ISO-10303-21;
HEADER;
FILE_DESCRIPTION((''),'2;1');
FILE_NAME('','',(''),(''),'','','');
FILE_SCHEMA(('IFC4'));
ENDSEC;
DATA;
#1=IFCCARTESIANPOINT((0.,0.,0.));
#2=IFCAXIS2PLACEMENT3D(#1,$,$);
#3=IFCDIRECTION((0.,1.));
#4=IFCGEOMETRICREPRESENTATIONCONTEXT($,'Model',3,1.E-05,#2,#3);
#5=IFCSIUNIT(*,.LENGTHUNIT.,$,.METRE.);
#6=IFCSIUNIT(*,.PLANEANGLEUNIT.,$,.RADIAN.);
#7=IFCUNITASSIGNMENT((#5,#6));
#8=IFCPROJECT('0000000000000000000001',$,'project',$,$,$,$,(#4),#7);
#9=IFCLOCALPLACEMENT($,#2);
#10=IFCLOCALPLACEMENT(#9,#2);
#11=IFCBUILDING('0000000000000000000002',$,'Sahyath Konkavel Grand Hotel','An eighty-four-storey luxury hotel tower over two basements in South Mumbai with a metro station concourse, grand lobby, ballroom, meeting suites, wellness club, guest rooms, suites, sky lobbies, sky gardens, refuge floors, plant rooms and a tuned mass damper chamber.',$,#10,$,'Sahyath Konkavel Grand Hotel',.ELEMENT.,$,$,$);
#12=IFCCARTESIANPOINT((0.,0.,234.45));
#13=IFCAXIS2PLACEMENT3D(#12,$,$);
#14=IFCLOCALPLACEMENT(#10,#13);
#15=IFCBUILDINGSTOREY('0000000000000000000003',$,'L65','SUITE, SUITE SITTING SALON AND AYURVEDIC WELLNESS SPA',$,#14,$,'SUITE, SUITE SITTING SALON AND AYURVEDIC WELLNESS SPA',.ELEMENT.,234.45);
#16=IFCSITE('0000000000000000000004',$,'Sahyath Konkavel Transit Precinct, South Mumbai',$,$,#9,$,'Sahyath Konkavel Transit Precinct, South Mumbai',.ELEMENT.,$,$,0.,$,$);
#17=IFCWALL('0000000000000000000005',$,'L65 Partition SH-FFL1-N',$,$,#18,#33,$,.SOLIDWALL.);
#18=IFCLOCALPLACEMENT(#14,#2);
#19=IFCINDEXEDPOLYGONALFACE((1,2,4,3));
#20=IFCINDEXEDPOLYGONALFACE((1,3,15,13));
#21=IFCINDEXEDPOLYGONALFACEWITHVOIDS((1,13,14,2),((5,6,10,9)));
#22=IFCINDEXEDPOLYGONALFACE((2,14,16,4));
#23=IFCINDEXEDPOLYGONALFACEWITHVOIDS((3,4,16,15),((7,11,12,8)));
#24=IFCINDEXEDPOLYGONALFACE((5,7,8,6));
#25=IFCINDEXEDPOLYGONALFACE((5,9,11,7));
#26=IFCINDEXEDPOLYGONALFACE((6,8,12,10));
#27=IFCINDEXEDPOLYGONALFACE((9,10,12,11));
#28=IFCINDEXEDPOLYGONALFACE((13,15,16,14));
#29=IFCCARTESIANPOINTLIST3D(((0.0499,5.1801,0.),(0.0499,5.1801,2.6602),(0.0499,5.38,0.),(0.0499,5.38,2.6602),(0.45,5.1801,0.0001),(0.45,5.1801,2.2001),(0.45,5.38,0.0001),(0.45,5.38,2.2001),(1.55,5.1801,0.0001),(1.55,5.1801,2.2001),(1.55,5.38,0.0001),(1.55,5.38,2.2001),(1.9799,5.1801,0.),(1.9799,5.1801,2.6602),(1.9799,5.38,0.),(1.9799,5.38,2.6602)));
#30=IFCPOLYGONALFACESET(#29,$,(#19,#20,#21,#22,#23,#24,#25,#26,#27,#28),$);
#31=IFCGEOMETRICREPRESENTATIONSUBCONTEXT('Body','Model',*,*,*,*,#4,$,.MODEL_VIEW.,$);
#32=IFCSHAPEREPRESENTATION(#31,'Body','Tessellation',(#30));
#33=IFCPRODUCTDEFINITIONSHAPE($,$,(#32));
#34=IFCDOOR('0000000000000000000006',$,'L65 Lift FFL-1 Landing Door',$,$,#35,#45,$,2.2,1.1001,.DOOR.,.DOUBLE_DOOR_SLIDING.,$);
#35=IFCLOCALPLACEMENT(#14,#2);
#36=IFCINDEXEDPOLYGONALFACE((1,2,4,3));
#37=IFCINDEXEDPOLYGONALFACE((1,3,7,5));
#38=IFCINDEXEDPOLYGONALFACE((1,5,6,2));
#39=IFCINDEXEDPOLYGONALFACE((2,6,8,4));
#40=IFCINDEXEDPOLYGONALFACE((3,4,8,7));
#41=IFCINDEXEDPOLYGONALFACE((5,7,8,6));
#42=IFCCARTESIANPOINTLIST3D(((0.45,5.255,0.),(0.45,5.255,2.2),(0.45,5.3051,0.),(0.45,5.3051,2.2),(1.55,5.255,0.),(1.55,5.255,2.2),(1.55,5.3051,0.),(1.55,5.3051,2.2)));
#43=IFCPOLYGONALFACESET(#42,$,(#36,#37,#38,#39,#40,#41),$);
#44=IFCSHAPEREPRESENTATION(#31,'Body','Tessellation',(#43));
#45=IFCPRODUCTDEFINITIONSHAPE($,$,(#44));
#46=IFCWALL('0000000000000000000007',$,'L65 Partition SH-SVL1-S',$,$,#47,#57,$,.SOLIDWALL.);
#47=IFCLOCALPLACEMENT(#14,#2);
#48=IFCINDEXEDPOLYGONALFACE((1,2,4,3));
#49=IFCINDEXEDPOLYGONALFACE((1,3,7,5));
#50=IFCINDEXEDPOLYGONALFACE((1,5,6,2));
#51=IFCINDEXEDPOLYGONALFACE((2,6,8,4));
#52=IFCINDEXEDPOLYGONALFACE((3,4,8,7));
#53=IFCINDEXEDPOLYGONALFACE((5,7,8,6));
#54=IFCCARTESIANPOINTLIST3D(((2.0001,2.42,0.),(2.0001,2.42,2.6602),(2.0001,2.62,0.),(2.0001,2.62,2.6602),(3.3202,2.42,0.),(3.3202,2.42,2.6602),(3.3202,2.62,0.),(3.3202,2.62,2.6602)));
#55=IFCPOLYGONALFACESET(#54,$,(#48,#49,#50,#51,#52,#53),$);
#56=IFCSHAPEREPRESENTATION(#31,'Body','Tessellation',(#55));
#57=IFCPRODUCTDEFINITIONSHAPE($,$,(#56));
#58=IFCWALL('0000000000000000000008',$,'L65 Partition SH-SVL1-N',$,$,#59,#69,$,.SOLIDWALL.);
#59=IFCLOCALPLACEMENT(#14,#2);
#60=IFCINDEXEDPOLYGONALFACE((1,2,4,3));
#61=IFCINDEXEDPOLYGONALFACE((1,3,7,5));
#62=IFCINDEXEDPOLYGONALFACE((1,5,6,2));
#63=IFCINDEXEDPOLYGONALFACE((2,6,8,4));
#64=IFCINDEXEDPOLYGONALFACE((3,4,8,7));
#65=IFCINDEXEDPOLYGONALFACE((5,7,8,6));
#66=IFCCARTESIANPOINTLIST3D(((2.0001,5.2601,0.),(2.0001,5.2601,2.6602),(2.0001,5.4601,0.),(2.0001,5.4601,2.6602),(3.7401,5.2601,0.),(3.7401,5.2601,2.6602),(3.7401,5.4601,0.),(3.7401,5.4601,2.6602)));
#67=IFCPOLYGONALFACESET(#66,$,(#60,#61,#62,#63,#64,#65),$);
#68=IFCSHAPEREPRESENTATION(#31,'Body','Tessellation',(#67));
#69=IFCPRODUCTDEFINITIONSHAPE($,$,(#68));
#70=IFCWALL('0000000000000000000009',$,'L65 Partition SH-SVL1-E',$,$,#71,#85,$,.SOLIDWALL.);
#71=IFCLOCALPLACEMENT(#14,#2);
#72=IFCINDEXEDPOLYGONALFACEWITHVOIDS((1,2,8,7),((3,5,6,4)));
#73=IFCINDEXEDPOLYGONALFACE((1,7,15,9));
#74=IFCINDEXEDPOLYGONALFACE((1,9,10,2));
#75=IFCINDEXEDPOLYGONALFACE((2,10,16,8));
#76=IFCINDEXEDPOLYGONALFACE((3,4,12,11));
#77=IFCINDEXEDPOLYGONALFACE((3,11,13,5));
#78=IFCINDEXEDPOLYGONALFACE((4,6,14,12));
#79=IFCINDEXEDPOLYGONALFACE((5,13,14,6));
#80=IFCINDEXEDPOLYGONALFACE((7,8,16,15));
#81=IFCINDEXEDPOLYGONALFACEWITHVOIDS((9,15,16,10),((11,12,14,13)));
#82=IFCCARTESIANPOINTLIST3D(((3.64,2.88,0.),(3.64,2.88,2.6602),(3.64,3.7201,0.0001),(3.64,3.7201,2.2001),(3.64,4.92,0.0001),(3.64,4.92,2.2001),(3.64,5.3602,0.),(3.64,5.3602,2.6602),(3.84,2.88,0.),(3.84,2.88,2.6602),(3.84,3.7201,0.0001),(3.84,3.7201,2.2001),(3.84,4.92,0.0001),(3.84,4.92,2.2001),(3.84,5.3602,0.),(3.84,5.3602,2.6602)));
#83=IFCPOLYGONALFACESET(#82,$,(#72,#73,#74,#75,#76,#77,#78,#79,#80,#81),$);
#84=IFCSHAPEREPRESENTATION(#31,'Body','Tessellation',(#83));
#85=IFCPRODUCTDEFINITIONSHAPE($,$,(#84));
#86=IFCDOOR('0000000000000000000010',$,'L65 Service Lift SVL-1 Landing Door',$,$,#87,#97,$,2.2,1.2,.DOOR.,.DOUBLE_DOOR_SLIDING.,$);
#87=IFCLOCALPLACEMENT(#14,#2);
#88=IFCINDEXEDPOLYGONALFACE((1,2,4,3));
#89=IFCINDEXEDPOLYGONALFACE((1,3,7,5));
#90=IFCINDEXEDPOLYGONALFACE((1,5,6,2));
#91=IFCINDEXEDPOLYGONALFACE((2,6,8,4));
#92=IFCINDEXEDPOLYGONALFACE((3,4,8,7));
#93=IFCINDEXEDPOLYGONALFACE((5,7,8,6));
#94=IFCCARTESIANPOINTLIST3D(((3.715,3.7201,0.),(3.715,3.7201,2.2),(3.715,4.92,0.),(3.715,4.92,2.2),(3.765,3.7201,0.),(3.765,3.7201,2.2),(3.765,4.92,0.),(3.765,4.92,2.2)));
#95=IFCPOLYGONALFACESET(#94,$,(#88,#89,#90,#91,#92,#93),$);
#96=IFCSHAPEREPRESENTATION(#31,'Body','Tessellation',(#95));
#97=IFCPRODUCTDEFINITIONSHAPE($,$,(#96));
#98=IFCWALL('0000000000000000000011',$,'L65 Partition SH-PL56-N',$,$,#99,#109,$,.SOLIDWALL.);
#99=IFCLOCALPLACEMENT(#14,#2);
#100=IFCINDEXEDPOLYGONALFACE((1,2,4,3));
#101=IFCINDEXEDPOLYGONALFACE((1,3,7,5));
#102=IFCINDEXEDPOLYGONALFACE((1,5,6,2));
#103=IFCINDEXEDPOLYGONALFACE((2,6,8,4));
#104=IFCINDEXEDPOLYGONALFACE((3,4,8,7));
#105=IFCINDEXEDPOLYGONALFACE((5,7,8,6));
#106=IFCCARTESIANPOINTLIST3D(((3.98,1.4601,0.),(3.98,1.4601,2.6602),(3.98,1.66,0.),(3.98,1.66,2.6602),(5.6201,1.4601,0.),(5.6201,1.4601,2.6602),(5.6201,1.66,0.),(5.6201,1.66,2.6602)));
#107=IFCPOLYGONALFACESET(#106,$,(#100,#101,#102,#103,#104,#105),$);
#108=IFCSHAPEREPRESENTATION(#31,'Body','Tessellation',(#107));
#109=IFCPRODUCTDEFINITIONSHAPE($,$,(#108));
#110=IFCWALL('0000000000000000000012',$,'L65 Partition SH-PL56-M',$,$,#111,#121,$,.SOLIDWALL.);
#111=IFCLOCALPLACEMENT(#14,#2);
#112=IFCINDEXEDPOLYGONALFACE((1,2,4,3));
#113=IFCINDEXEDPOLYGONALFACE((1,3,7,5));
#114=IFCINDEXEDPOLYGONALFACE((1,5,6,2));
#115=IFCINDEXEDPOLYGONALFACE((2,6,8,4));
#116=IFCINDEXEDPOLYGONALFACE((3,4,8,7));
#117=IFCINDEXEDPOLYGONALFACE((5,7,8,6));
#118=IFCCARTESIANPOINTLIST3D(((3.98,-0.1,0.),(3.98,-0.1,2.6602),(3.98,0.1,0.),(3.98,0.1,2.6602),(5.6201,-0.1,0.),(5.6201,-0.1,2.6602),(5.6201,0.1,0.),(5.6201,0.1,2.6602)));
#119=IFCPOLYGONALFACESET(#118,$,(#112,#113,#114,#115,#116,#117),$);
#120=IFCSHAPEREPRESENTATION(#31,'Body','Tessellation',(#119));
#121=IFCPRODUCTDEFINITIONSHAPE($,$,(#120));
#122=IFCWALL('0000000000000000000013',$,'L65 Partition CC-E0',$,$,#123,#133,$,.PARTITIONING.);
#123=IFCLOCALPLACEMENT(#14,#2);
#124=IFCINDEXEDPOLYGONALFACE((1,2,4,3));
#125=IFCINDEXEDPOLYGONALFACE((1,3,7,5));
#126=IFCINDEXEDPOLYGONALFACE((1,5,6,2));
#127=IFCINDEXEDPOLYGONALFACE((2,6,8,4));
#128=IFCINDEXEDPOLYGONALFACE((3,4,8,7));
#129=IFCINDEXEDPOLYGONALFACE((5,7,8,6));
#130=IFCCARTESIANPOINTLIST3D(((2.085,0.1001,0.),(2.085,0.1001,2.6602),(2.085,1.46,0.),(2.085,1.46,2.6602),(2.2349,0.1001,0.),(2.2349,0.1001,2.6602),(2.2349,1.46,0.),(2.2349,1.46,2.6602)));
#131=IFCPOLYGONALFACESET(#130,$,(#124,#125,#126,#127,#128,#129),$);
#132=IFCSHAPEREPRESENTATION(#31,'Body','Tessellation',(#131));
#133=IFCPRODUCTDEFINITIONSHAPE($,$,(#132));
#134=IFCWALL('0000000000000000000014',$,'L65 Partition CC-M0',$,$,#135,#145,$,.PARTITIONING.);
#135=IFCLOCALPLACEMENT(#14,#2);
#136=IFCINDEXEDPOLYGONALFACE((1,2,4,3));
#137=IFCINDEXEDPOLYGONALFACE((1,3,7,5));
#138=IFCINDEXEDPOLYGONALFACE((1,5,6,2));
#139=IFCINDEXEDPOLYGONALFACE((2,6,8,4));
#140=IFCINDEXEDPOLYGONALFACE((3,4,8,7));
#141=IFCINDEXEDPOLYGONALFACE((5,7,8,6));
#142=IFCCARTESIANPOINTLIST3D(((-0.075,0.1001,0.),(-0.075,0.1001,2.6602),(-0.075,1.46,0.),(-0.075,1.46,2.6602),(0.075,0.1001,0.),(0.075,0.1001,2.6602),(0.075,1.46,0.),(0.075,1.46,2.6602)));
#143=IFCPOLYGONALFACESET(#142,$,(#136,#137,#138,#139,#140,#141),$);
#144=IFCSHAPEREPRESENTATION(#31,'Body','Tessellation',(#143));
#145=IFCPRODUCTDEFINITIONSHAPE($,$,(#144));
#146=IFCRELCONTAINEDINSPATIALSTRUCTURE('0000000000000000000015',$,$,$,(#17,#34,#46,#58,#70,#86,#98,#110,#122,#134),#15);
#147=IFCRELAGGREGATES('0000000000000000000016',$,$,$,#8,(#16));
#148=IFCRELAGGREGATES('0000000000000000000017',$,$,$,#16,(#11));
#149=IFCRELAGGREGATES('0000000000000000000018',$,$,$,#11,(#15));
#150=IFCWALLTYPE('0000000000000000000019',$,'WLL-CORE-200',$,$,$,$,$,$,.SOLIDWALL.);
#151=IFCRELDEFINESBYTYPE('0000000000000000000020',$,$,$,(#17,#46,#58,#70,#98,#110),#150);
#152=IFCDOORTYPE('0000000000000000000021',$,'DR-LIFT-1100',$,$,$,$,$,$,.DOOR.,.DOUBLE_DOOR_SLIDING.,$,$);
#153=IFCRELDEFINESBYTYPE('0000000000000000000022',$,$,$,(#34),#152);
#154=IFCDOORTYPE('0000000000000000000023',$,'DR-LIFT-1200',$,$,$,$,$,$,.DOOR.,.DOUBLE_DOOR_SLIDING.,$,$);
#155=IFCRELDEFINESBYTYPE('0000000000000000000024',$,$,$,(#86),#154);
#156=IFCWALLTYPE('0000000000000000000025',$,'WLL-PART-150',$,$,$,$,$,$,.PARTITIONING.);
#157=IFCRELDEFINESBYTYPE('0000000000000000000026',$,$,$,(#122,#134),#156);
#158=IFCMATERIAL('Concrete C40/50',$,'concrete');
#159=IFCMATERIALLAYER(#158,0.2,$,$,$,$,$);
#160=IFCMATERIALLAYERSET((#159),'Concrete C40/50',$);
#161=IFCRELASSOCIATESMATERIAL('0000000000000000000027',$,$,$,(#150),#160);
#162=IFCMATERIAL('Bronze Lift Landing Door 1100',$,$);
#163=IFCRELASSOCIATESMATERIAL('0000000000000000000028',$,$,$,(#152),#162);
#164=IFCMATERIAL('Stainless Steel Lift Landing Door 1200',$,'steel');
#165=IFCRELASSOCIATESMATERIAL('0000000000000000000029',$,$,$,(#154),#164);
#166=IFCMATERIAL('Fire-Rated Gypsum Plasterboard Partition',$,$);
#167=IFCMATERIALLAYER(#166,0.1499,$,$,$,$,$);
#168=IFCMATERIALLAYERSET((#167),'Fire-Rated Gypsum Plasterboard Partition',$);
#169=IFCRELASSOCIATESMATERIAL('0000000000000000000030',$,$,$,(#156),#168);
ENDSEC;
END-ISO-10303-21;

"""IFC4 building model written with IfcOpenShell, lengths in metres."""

from ifc_helpers import new_model, si_unit, direction, frame, frame_2d, origin, origin_2d, place, context, subcontext, project, spatial, rectangle, extrude, source, transform, mapped, material, layer, layer_set, type_object, element, fill, save


model = new_model("IFC4")

# Units and contexts
model_context = context("Model", 3, precision=1e-05, world=origin(), true_north=direction((0.0, 1.0)))
body_context = subcontext(model_context, "Body", "Model", "MODEL_VIEW")
ifc_project = project(units=[si_unit("LENGTHUNIT", "METRE"), si_unit("PLANEANGLEUNIT", "RADIAN")], contexts=[model_context])

# Site, building, storey
site_placement = place(None, origin())
site = spatial("IfcSite", under=ifc_project, at=site_placement, Name="Sahyath Konkavel Transit Precinct, South Mumbai", LongName="Sahyath Konkavel Transit Precinct, South Mumbai", CompositionType="ELEMENT", RefElevation=0.0)
building_placement = place(site_placement, origin())
building = spatial("IfcBuilding", under=site, at=building_placement, Name="Sahyath Konkavel Grand Hotel", Description="An eighty-four-storey luxury hotel tower over two basements in South Mumbai with a metro station concourse, grand lobby, ballroom, meeting suites, wellness club, guest rooms, suites, sky lobbies, sky gardens, refuge floors, plant rooms and a tuned mass damper chamber.", LongName="Sahyath Konkavel Grand Hotel", CompositionType="ELEMENT")
storey_placement = place(building_placement, frame((0.0, 0.0, 234.45)))
storey = spatial("IfcBuildingStorey", under=building, at=storey_placement, Name="L65", Description="SUITE, SUITE SITTING SALON AND AYURVEDIC WELLNESS SPA", LongName="SUITE, SUITE SITTING SALON AND AYURVEDIC WELLNESS SPA", CompositionType="ELEMENT", Elevation=234.45)

# Shared definitions
ifc_material_1 = material(Name="Concrete C40/50", Category="concrete")

# Shared definitions
ifc_layer_1 = layer(ifc_material_1, 0.2)
ifc_layer_set_1 = layer_set([ifc_layer_1], Name="Concrete C40/50")
wall_type_1 = type_object("IfcWallType", Name="WLL-CORE-200", PredefinedType="SOLIDWALL", material=ifc_layer_set_1)

# Wall, opening, door
wall_1_placement = place(storey_placement, frame((0.05, 5.28, 0.0), z_axis=(0.0, 0.0, 1.0), x_axis=(1.0, 0.0, 0.0)))
wall_1 = element("IfcWall", 1, at=wall_1_placement, inside=storey, type_object=wall_type_1, Name="L65 Partition SH-FFL1-N", PredefinedType="SOLIDWALL", context=body_context, shape_type="SweptSolid", body=[
    extrude(rectangle(XDim=1.9299, YDim=0.2, at=frame_2d((0.9648, 0.0))), origin(), (0.0, 0.0, 1.0), 2.6602),
])
opening_1_placement = place(wall_1_placement, frame((0.3999, 0.0, 0.0)))
opening_1 = element("IfcOpeningElement", 2, at=opening_1_placement, cuts=wall_1, PredefinedType="OPENING", context=body_context, shape_type="SweptSolid", body=[
    extrude(rectangle(XDim=1.1001, YDim=2.2, at=frame_2d((0.55, 1.1001))), frame((0.0, 0.1099, 0.0), z_axis=(0.0, -1.0, 0.0), x_axis=(1.0, 0.0, 0.0)), (0.0, 0.0, 1.0), 0.22),
])
ifc_material_2 = material(Name="Bronze Lift Landing Door 1100")
door_type_1 = type_object("IfcDoorType", Name="DR-LIFT-1100", OperationType="DOUBLE_DOOR_SLIDING", PredefinedType="DOOR", material=ifc_material_2)
shared_shape_1 = source(origin(), body_context, "Body", "SweptSolid", [
    extrude(rectangle(XDim=1.1001, YDim=0.05, at=origin_2d()), origin(), (0.0, 0.0, 1.0), 2.2),
])
door_1_placement = place(opening_1_placement, frame((0.55, 0.0, 0.0)))
door_1 = element("IfcDoor", 3, at=door_1_placement, inside=storey, type_object=door_type_1, Name="L65 Lift FFL-1 Landing Door", OperationType="DOUBLE_DOOR_SLIDING", OverallHeight=2.2, OverallWidth=1.1001, PredefinedType="DOOR", context=body_context, shape_type="MappedRepresentation", body=[
    mapped(shared_shape_1, transform((0.0, 0.0, 0.0), scale=1.0)),
])
fill(opening_1, door_1)

# Walls
wall_2_placement = place(storey_placement, frame((2.0, 2.52, 0.0), z_axis=(0.0, 0.0, 1.0), x_axis=(1.0, 0.0, 0.0)))
element("IfcWall", 4, at=wall_2_placement, inside=storey, type_object=wall_type_1, Name="L65 Partition SH-SVL1-S", PredefinedType="SOLIDWALL", context=body_context, shape_type="SweptSolid", body=[
    extrude(rectangle(XDim=1.3201, YDim=0.2, at=frame_2d((0.6602, 0.0))), origin(), (0.0, 0.0, 1.0), 2.6602),
])
wall_3_placement = place(storey_placement, frame((2.0, 5.3601, 0.0), z_axis=(0.0, 0.0, 1.0), x_axis=(1.0, 0.0, 0.0)))
element("IfcWall", 5, at=wall_3_placement, inside=storey, type_object=wall_type_1, Name="L65 Partition SH-SVL1-N", PredefinedType="SOLIDWALL", context=body_context, shape_type="SweptSolid", body=[
    extrude(rectangle(XDim=1.74, YDim=0.2, at=frame_2d((0.8701, 0.0))), origin(), (0.0, 0.0, 1.0), 2.6602),
])

# Wall, opening, door
wall_4_placement = place(storey_placement, frame((3.74, 2.8799, 0.0), z_axis=(0.0, 0.0, 1.0), x_axis=(0.0, 1.0, 0.0)))
wall_4 = element("IfcWall", 6, at=wall_4_placement, inside=storey, type_object=wall_type_1, Name="L65 Partition SH-SVL1-E", PredefinedType="SOLIDWALL", context=body_context, shape_type="SweptSolid", body=[
    extrude(rectangle(XDim=2.4802, YDim=0.2, at=frame_2d((1.2402, 0.0))), origin(), (0.0, 0.0, 1.0), 2.6602),
])
opening_2_placement = place(wall_4_placement, frame((0.8401, 0.0, 0.0)))
opening_2 = element("IfcOpeningElement", 7, at=opening_2_placement, cuts=wall_4, PredefinedType="OPENING", context=body_context, shape_type="SweptSolid", body=[
    extrude(rectangle(XDim=1.2, YDim=2.2, at=frame_2d((0.6001, 1.1001))), frame((0.0, 0.1099, 0.0), z_axis=(0.0, -1.0, 0.0), x_axis=(1.0, 0.0, 0.0)), (0.0, 0.0, 1.0), 0.22),
])
ifc_material_3 = material(Name="Stainless Steel Lift Landing Door 1200", Category="steel")
door_type_2 = type_object("IfcDoorType", Name="DR-LIFT-1200", OperationType="DOUBLE_DOOR_SLIDING", PredefinedType="DOOR", material=ifc_material_3)
shared_shape_2 = source(origin(), body_context, "Body", "SweptSolid", [
    extrude(rectangle(XDim=1.2, YDim=0.05, at=origin_2d()), origin(), (0.0, 0.0, 1.0), 2.2),
])
door_2_placement = place(opening_2_placement, frame((0.6001, 0.0, 0.0)))
door_2 = element("IfcDoor", 8, at=door_2_placement, inside=storey, type_object=door_type_2, Name="L65 Service Lift SVL-1 Landing Door", OperationType="DOUBLE_DOOR_SLIDING", OverallHeight=2.2, OverallWidth=1.2, PredefinedType="DOOR", context=body_context, shape_type="MappedRepresentation", body=[
    mapped(shared_shape_2, transform((0.0, 0.0, 0.0), scale=1.0)),
])
fill(opening_2, door_2)

# Walls
for number, where, z_axis, x_axis, name in (
    (9, (3.98, 1.5601, 0.0), (0.0, 0.0, 1.0), (1.0, 0.0, 0.0), "L65 Partition SH-PL56-N"),
    (10, (3.98, 0.0, 0.0), (0.0, 0.0, 1.0), (1.0, 0.0, 0.0), "L65 Partition SH-PL56-M"),
):
    element("IfcWall", number, at=place(storey_placement, frame(where, z_axis=z_axis, x_axis=x_axis)), inside=storey, type_object=wall_type_1, Name=name, PredefinedType="SOLIDWALL", context=body_context, shape_type="SweptSolid", body=[
        extrude(rectangle(XDim=1.6401, YDim=0.2, at=frame_2d((0.8201, 0.0))), origin(), (0.0, 0.0, 1.0), 2.6602),
    ])

# Walls
ifc_material_4 = material(Name="Fire-Rated Gypsum Plasterboard Partition")
ifc_layer_2 = layer(ifc_material_4, 0.1499)
ifc_layer_set_2 = layer_set([ifc_layer_2], Name="Fire-Rated Gypsum Plasterboard Partition")
wall_type_2 = type_object("IfcWallType", Name="WLL-PART-150", PredefinedType="PARTITIONING", material=ifc_layer_set_2)
for number, where, z_axis, x_axis, name in (
    (11, (2.1599, 0.1001, 0.0), (0.0, 0.0, 1.0), (0.0, 1.0, 0.0), "L65 Partition CC-E0"),
    (12, (0.0, 0.1001, 0.0), (0.0, 0.0, 1.0), (0.0, 1.0, 0.0), "L65 Partition CC-M0"),
):
    element("IfcWall", number, at=place(storey_placement, frame(where, z_axis=z_axis, x_axis=x_axis)), inside=storey, type_object=wall_type_2, Name=name, PredefinedType="PARTITIONING", context=body_context, shape_type="SweptSolid", body=[
        extrude(rectangle(XDim=1.3599, YDim=0.1499, at=frame_2d((0.6799, 0.0))), origin(), (0.0, 0.0, 1.0), 2.6602),
    ])

save(model, "model.ifc")
